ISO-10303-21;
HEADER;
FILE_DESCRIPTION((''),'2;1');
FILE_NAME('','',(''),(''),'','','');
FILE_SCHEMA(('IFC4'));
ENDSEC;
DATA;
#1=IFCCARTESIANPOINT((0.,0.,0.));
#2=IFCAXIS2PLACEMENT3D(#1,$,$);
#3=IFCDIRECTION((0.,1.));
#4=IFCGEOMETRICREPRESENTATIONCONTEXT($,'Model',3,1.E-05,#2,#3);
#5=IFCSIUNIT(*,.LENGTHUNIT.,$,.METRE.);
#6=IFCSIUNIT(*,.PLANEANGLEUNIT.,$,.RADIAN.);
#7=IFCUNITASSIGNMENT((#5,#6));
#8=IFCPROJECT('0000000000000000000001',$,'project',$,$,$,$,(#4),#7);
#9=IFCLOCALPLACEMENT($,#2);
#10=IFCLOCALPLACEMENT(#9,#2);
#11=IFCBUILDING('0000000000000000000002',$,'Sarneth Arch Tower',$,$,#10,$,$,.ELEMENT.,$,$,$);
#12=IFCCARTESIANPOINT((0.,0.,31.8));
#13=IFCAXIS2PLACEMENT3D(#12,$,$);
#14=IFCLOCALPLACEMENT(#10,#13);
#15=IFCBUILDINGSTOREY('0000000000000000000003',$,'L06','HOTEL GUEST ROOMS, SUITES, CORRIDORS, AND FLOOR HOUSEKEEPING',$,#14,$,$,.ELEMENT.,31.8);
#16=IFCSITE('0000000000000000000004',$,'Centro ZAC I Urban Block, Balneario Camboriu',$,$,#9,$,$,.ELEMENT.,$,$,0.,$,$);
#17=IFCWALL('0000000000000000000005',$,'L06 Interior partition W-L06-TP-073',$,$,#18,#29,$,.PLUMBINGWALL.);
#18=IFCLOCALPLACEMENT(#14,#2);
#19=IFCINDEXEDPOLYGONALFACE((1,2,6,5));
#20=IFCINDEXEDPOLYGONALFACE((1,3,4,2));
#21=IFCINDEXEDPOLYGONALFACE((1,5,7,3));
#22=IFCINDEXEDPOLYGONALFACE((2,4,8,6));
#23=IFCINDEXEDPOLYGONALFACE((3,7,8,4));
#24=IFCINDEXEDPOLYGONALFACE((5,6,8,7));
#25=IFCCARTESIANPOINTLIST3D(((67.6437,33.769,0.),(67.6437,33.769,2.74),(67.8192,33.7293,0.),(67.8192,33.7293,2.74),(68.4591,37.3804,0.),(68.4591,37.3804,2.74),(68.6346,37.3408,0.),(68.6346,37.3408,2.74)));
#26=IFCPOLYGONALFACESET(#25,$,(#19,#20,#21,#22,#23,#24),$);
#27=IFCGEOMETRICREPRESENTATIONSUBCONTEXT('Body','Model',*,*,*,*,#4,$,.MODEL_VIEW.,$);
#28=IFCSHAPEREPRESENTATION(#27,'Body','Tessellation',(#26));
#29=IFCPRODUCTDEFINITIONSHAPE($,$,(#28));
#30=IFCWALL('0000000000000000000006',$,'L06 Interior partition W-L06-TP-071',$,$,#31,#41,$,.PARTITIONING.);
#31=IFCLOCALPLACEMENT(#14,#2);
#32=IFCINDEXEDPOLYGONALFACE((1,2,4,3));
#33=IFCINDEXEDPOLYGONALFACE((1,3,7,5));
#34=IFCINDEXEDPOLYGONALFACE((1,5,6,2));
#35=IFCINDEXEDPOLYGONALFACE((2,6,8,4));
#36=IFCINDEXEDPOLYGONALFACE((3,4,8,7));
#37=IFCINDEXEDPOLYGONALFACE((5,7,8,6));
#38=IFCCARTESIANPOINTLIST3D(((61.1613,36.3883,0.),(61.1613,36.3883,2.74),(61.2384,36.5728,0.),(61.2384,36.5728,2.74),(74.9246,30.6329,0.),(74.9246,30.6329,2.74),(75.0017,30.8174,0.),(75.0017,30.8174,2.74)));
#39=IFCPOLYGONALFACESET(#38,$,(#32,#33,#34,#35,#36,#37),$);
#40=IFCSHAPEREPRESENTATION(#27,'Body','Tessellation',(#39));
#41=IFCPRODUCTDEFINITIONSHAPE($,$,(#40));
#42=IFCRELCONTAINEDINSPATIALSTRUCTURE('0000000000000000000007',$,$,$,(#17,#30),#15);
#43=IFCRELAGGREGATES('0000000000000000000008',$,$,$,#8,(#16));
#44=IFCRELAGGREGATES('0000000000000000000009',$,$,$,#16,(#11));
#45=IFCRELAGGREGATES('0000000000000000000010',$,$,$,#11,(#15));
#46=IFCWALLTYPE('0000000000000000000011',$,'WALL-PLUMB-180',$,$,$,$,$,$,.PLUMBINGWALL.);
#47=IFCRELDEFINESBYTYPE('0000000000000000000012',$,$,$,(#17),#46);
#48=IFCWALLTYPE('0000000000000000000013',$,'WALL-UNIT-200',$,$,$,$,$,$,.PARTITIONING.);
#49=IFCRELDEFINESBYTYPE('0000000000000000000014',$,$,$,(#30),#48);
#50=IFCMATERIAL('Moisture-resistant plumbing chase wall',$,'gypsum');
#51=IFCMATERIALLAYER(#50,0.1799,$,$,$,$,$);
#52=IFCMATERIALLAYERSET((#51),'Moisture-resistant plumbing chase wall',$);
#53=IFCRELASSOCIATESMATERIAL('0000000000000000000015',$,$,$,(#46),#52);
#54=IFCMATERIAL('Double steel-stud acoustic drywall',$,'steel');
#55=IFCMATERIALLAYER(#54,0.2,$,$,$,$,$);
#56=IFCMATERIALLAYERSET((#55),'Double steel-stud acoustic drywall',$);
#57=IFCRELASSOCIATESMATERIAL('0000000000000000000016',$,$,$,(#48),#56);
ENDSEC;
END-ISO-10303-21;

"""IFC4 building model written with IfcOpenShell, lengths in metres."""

from ifc_helpers import new_model, si_unit, direction, frame, frame_2d, origin, place, context, subcontext, project, spatial, rectangle, extrude, material, layer, layer_set, type_object, element, save


model = new_model("IFC4")

# Units and contexts
model_context = context("Model", 3, precision=1e-05, world=origin(), true_north=direction((0.0, 1.0)))
body_context = subcontext(model_context, "Body", "Model", "MODEL_VIEW")
ifc_project = project(units=[si_unit("LENGTHUNIT", "METRE"), si_unit("PLANEANGLEUNIT", "RADIAN")], contexts=[model_context])

# Site, building, storey
site_placement = place(None, origin())
site = spatial("IfcSite", under=ifc_project, at=site_placement, Name="Centro ZAC I Urban Block, Balneario Camboriu", CompositionType="ELEMENT", RefElevation=0.0)
building_placement = place(site_placement, origin())
building = spatial("IfcBuilding", under=site, at=building_placement, Name="Sarneth Arch Tower", CompositionType="ELEMENT")
storey_placement = place(building_placement, frame((0.0, 0.0, 31.8)))
storey = spatial("IfcBuildingStorey", under=building, at=storey_placement, Name="L06", Description="HOTEL GUEST ROOMS, SUITES, CORRIDORS, AND FLOOR HOUSEKEEPING", CompositionType="ELEMENT", Elevation=31.8)

# Shared definitions
ifc_material_1 = material(Name="Moisture-resistant plumbing chase wall", Category="gypsum")
ifc_layer_1 = layer(ifc_material_1, 0.1799)
ifc_layer_set_1 = layer_set([ifc_layer_1], Name="Moisture-resistant plumbing chase wall")
wall_type_1 = type_object("IfcWallType", Name="WALL-PLUMB-180", PredefinedType="PLUMBINGWALL", material=ifc_layer_set_1)

# Walls
wall_1_placement = place(storey_placement, frame((67.7314, 33.7493, 0.0), z_axis=(0.0, 0.0, 1.0), x_axis=(0.220239, 0.975446, 0.0)))
element("IfcWall", 1, at=wall_1_placement, inside=storey, type_object=wall_type_1, Name="L06 Interior partition W-L06-TP-073", PredefinedType="PLUMBINGWALL", context=body_context, shape_type="SweptSolid", body=[
    extrude(rectangle(XDim=3.7024, YDim=0.1799, at=frame_2d((1.8511, 0.0))), origin(), (0.0, 0.0, 1.0), 2.74),
])
ifc_material_2 = material(Name="Double steel-stud acoustic drywall", Category="steel")
ifc_layer_2 = layer(ifc_material_2, 0.2)
ifc_layer_set_2 = layer_set([ifc_layer_2], Name="Double steel-stud acoustic drywall")
wall_type_2 = type_object("IfcWallType", Name="WALL-UNIT-200", PredefinedType="PARTITIONING", material=ifc_layer_set_2)
wall_2_placement = place(storey_placement, frame((61.2, 36.4805, 0.0), z_axis=(0.0, 0.0, 1.0), x_axis=(0.922586, -0.385792, 0.0)))
element("IfcWall", 2, at=wall_2_placement, inside=storey, type_object=wall_type_2, Name="L06 Interior partition W-L06-TP-071", PredefinedType="PARTITIONING", context=body_context, shape_type="SweptSolid", body=[
    extrude(rectangle(XDim=14.9182, YDim=0.2, at=frame_2d((7.459, 0.0))), origin(), (0.0, 0.0, 1.0), 2.74),
])

save(model, "model.ifc")
